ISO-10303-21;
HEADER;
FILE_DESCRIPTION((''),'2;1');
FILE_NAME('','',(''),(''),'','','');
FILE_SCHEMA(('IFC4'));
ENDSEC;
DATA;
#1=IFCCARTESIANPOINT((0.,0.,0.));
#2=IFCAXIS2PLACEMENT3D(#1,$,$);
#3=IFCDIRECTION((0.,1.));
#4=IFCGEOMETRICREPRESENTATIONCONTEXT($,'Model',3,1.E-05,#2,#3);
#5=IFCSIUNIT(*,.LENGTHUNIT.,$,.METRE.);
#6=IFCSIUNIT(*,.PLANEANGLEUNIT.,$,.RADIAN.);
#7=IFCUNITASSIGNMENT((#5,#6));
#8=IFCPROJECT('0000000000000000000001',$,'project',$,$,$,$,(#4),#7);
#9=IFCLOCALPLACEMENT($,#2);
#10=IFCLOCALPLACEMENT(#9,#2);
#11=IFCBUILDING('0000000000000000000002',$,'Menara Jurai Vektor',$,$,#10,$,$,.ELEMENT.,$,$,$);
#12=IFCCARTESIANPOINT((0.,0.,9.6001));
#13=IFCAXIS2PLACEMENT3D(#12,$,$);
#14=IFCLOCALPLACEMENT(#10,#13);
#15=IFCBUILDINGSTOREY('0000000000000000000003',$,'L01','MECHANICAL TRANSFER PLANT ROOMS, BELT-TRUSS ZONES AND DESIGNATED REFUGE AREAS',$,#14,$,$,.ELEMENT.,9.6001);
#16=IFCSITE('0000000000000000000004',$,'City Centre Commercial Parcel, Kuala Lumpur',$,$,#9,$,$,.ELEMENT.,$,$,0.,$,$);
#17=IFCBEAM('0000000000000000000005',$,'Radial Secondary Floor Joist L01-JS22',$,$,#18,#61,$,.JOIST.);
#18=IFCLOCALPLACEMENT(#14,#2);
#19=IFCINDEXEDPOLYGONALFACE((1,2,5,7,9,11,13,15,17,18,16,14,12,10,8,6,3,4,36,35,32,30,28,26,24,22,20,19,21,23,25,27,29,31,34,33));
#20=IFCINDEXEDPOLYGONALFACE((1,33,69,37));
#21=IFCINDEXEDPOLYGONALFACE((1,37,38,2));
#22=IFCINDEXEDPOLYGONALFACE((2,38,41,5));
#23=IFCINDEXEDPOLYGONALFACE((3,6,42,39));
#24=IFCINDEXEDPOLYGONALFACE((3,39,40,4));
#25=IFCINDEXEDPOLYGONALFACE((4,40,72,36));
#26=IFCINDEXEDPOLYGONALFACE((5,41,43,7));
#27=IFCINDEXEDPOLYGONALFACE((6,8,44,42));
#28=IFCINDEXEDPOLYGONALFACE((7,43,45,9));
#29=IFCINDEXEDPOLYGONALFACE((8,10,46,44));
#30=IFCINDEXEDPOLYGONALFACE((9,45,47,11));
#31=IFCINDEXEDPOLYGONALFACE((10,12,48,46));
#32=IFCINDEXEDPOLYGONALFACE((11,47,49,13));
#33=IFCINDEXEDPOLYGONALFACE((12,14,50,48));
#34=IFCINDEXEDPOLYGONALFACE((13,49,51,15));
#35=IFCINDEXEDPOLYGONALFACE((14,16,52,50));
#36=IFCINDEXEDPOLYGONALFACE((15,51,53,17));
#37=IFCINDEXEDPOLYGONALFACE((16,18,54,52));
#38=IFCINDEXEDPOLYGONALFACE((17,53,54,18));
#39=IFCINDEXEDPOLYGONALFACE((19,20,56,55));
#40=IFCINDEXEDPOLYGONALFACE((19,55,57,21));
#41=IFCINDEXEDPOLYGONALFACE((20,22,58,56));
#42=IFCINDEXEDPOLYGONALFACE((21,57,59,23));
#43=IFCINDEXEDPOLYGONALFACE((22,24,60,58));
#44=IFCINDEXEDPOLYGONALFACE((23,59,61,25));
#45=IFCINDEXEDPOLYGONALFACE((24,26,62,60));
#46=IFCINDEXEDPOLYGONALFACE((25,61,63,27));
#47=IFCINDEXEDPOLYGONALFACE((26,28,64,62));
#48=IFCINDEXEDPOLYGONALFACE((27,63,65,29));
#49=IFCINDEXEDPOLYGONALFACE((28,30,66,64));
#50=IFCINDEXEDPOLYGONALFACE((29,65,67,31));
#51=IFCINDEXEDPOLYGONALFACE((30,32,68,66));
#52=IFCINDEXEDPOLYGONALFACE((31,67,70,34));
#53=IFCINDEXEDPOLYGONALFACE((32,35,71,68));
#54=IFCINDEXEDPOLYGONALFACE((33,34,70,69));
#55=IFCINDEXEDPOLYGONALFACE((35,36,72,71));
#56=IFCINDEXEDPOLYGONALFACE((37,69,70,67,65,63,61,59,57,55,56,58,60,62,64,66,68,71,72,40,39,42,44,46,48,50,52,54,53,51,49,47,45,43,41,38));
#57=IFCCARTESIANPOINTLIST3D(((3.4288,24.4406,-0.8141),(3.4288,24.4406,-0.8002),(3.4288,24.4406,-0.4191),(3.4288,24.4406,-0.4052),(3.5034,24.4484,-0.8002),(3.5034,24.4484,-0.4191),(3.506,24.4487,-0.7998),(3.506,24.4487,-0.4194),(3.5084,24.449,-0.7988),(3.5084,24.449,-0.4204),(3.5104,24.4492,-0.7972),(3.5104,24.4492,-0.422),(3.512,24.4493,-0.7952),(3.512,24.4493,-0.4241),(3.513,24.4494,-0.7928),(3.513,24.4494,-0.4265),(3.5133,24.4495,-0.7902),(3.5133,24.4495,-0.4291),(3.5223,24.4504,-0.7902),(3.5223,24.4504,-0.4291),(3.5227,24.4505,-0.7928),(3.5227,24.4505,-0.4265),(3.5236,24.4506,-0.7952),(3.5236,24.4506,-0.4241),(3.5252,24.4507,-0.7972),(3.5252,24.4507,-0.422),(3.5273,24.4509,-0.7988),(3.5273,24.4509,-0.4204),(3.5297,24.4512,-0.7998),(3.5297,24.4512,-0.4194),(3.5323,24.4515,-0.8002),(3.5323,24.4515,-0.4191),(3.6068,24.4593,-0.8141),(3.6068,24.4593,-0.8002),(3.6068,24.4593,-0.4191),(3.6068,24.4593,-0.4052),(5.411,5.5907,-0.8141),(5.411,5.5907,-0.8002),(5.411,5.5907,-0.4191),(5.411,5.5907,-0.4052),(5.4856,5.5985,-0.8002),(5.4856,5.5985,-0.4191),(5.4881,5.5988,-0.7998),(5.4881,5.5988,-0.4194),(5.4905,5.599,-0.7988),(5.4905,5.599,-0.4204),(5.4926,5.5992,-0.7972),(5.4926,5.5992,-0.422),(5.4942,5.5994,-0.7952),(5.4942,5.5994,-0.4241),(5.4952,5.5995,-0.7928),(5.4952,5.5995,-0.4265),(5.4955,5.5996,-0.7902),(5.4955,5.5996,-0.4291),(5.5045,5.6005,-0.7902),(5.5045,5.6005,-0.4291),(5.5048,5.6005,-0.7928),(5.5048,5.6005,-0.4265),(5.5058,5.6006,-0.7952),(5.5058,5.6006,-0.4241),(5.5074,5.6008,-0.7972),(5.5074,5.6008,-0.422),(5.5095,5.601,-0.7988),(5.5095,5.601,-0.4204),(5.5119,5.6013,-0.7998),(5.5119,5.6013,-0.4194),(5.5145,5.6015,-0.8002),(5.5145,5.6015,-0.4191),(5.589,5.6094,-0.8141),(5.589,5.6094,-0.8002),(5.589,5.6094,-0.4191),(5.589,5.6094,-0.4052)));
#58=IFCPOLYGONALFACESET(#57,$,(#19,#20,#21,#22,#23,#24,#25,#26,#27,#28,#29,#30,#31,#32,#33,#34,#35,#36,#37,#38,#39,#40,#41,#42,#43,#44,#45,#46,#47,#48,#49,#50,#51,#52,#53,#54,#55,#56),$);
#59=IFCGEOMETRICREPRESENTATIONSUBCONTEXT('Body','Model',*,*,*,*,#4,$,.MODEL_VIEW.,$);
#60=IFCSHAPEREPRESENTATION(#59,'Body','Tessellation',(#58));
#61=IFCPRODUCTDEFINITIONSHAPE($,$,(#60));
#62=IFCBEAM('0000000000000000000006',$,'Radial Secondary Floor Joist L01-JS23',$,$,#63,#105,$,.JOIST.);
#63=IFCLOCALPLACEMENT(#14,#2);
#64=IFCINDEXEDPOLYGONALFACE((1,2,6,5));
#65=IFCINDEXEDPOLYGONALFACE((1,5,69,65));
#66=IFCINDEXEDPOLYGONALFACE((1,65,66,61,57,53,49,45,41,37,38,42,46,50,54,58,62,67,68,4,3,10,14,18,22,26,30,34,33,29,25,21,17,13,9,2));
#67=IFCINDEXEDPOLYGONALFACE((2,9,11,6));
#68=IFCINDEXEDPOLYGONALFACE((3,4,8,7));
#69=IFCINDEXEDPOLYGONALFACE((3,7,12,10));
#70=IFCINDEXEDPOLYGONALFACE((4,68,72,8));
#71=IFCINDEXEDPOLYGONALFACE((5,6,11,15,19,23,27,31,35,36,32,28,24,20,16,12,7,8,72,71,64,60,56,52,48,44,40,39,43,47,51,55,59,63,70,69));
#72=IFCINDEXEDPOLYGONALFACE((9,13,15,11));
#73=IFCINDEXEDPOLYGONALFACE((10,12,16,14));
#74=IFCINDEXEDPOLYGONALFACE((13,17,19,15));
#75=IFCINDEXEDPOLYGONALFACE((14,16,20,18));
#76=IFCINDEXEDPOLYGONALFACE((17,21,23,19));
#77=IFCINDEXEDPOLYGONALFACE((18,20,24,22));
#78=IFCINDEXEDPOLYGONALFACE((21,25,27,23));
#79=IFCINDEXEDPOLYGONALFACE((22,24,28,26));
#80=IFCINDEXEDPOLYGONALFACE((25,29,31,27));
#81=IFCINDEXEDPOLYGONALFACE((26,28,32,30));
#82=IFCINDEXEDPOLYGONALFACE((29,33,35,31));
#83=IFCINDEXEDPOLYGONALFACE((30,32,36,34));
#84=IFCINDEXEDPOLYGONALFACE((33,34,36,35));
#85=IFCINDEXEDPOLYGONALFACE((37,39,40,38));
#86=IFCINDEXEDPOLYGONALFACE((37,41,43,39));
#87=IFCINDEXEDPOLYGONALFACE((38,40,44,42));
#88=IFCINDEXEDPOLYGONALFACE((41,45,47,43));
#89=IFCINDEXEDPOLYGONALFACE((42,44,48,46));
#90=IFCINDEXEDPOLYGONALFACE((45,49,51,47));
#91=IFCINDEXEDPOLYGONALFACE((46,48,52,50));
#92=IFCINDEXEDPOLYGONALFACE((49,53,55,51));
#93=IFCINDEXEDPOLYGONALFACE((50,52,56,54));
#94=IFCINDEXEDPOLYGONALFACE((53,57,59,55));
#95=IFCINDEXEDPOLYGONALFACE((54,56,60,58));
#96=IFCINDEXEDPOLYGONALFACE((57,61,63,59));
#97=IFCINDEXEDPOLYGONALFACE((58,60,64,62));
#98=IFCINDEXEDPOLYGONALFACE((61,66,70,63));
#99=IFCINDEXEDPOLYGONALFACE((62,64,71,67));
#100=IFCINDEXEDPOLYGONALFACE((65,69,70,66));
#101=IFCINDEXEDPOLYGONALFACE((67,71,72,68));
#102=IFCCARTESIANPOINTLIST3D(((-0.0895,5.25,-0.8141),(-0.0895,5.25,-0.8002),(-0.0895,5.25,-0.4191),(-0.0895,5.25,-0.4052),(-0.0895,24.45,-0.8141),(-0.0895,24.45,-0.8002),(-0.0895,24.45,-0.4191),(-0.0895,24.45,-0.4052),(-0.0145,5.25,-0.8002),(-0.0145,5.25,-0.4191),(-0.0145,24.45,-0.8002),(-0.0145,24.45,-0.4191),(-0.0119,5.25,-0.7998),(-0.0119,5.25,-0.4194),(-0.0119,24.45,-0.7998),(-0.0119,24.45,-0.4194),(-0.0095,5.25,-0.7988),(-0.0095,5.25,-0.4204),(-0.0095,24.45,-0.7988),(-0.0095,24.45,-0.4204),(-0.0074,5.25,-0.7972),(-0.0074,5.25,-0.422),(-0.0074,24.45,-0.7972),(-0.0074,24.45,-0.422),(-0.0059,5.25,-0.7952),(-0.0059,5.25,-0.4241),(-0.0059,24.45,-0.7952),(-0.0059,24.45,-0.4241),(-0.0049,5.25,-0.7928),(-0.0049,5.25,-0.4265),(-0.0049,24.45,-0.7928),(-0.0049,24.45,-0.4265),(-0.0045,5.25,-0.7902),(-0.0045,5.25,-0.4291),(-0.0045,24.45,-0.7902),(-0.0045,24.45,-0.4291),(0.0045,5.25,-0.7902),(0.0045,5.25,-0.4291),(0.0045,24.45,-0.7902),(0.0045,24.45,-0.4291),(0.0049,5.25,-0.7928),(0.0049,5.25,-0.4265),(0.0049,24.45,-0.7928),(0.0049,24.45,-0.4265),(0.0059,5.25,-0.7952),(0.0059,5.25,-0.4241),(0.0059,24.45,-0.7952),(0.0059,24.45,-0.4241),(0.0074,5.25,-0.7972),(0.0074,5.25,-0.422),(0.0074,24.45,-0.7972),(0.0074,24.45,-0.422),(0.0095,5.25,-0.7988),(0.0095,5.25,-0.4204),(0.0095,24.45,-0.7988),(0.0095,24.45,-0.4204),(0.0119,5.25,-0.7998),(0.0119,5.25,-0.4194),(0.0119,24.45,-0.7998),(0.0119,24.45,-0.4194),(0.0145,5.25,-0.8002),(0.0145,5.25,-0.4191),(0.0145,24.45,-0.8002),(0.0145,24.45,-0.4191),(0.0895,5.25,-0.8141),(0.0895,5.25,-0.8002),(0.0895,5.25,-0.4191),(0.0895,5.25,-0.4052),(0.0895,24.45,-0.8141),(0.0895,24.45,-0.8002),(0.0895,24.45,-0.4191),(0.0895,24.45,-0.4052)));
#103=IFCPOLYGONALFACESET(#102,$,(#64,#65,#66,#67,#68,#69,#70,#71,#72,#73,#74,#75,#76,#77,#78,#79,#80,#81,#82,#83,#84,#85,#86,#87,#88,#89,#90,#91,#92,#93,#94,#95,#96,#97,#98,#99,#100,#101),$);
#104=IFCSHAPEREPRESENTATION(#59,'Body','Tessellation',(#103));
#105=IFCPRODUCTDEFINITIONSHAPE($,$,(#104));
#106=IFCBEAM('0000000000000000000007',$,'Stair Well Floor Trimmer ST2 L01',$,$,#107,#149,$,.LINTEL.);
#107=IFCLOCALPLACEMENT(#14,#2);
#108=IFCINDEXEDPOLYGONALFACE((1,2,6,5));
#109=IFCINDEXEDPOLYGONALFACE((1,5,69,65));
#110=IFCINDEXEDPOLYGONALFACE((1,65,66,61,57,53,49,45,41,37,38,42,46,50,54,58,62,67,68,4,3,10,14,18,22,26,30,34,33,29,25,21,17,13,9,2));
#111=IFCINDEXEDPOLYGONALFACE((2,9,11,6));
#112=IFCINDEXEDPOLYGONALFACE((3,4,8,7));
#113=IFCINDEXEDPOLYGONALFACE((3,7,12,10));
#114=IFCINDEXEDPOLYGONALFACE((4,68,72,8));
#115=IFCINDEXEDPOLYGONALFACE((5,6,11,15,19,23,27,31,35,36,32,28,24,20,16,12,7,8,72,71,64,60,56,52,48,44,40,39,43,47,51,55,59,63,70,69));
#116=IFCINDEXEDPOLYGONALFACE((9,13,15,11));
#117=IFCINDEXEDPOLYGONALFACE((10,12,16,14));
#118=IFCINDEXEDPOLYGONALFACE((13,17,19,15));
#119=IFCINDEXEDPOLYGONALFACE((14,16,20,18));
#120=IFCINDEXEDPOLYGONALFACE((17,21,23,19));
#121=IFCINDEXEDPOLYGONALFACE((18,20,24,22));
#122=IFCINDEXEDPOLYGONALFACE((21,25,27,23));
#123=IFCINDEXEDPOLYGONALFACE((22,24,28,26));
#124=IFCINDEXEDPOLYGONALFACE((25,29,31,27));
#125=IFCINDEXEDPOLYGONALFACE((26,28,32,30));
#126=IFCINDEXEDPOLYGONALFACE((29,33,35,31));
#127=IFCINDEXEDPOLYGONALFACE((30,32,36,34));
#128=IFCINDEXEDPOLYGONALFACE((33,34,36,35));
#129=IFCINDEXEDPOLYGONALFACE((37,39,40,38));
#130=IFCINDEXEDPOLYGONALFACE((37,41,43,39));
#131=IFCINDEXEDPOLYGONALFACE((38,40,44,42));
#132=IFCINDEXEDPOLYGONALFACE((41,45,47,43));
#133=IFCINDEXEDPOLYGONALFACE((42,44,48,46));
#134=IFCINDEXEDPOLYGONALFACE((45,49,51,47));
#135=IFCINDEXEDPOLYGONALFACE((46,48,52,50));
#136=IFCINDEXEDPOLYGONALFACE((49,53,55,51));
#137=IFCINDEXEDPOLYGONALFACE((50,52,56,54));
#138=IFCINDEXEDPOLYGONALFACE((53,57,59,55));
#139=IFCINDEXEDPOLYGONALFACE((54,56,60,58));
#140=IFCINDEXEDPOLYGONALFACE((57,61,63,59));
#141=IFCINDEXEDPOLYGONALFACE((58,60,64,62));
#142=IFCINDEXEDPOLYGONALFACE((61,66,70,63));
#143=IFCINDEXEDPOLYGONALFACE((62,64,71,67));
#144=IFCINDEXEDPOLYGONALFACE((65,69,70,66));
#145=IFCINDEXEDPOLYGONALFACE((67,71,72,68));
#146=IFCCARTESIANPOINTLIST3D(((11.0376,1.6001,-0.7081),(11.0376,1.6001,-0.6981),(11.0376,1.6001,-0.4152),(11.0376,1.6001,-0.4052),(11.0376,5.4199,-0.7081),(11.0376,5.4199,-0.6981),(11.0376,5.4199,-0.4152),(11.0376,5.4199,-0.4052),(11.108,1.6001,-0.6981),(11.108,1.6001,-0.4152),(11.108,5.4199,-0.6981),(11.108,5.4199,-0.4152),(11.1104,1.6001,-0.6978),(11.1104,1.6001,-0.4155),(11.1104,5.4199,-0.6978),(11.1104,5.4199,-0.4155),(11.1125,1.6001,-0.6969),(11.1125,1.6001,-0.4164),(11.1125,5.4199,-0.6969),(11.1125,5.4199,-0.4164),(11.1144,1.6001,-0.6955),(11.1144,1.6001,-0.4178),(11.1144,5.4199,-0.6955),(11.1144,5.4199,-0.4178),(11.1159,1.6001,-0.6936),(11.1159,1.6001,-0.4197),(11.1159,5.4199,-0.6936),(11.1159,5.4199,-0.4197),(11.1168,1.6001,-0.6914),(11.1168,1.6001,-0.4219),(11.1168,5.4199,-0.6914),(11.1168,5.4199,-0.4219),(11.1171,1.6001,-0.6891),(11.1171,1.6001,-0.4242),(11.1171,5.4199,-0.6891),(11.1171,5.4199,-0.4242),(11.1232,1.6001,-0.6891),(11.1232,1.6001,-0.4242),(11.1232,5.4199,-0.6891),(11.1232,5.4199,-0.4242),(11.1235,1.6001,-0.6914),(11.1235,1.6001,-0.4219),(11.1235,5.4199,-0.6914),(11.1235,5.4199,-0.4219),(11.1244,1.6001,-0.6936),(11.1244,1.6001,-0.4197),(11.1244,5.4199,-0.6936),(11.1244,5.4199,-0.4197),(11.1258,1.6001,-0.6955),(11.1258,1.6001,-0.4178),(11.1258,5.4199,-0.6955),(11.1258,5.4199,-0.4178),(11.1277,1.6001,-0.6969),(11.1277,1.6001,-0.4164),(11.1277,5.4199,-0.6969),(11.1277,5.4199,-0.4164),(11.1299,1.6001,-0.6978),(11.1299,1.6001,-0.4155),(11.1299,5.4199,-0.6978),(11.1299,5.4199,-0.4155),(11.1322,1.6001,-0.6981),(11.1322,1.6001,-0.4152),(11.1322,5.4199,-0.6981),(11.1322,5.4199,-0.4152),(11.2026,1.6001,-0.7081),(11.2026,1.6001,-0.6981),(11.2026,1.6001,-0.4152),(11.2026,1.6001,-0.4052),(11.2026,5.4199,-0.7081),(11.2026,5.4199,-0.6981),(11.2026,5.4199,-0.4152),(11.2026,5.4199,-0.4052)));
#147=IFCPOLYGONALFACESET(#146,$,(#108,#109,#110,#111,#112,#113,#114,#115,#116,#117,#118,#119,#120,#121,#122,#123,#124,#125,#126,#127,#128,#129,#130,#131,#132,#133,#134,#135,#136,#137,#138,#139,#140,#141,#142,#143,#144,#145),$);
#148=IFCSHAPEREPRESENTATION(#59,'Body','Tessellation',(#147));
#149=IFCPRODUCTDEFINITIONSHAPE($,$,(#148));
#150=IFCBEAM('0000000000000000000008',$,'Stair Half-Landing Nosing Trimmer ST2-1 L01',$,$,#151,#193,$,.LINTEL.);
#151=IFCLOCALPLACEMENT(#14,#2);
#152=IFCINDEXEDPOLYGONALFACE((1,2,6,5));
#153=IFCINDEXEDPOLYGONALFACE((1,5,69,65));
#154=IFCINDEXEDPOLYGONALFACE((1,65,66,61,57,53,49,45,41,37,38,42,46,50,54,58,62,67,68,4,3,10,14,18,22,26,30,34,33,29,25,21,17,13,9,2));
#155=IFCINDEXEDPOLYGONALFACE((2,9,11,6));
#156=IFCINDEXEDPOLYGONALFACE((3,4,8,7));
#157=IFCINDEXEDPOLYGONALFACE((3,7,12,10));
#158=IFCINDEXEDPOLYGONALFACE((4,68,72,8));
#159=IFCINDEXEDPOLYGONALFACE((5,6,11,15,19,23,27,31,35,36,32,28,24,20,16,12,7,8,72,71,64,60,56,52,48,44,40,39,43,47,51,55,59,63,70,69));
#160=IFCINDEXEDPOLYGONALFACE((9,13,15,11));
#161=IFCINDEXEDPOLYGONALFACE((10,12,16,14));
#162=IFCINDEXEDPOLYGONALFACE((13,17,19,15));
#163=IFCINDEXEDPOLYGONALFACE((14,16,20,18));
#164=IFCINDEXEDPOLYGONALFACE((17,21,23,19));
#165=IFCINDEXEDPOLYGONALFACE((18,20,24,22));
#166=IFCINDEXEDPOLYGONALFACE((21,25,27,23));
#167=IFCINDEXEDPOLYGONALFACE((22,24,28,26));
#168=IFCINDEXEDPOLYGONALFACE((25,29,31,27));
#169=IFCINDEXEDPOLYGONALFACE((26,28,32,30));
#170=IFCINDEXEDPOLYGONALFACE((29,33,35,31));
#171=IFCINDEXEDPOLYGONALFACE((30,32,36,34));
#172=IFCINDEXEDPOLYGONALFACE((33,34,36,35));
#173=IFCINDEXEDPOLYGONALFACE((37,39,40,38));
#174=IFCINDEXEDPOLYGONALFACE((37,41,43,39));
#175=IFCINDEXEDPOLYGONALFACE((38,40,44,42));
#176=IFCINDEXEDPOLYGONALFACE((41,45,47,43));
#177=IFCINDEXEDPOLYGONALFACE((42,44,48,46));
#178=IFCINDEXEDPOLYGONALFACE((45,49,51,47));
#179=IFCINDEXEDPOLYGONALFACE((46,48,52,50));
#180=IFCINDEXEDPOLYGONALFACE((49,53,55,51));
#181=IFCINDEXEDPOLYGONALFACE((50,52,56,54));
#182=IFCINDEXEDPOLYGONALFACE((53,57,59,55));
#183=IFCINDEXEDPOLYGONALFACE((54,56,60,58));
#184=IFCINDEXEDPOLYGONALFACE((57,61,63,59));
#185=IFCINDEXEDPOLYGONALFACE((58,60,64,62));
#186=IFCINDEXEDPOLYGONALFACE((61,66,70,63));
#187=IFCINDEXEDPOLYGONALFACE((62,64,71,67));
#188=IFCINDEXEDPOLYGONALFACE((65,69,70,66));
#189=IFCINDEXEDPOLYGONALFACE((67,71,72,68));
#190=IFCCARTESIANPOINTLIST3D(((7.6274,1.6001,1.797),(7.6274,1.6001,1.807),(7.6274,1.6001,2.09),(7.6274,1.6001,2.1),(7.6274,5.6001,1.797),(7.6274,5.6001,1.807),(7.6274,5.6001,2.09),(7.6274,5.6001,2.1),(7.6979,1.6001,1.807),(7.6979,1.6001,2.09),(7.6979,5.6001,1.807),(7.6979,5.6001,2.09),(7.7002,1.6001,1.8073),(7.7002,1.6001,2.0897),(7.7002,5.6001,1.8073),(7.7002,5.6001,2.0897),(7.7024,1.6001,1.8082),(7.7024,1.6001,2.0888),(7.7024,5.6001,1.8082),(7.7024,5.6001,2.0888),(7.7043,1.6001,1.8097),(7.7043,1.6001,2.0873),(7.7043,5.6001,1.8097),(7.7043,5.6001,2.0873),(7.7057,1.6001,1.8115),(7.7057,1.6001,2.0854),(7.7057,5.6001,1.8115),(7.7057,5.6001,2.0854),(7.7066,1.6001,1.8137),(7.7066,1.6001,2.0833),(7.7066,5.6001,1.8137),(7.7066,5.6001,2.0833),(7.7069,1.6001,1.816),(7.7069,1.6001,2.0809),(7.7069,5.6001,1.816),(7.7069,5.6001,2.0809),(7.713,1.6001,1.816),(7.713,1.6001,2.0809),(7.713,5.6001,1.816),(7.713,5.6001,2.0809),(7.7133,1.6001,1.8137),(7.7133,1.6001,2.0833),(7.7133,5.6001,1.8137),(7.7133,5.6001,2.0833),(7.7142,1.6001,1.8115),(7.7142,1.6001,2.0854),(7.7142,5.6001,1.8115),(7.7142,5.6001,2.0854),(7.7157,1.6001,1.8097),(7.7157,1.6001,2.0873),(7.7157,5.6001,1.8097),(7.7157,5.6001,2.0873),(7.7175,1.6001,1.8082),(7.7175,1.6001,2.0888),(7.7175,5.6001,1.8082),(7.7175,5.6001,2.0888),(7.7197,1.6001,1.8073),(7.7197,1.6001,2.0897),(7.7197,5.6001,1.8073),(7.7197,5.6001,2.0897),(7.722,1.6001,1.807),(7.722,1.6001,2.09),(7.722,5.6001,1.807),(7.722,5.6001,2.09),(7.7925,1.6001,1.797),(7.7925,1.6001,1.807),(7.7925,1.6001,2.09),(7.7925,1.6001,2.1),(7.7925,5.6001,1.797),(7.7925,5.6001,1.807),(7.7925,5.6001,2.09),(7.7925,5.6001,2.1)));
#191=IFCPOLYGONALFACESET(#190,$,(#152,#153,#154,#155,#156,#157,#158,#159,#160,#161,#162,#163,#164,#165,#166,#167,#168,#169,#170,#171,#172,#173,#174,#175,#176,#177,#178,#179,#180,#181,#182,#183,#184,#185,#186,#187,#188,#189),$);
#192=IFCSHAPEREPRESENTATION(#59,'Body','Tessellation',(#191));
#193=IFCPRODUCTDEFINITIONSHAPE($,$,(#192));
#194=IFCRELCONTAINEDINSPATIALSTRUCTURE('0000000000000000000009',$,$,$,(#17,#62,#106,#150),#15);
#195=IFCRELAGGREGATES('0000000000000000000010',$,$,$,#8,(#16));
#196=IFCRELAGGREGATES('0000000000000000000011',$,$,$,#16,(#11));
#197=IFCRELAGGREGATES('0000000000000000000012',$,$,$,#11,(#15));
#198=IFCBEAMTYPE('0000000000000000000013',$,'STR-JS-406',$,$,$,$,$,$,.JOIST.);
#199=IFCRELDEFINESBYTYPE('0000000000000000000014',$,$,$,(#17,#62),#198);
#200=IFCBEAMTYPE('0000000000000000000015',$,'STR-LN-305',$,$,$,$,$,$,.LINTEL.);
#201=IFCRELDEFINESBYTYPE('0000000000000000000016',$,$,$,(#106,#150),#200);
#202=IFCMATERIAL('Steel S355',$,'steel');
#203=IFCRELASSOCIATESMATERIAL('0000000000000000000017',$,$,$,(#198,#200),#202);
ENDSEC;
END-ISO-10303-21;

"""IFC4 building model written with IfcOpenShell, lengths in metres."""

from ifc_helpers import new_model, si_unit, direction, frame, origin, origin_2d, place, context, subcontext, project, spatial, i_section, extrude, material, material_profile, profile_set, type_object, element, save


model = new_model("IFC4")

# Units and contexts
model_context = context("Model", 3, precision=1e-05, world=origin(), true_north=direction((0.0, 1.0)))
body_context = subcontext(model_context, "Body", "Model", "MODEL_VIEW")
ifc_project = project(units=[si_unit("LENGTHUNIT", "METRE"), si_unit("PLANEANGLEUNIT", "RADIAN")], contexts=[model_context])

# Site, building, storey
site_placement = place(None, origin())
site = spatial("IfcSite", under=ifc_project, at=site_placement, Name="City Centre Commercial Parcel, Kuala Lumpur", CompositionType="ELEMENT", RefElevation=0.0)
building_placement = place(site_placement, origin())
building = spatial("IfcBuilding", under=site, at=building_placement, Name="Menara Jurai Vektor", CompositionType="ELEMENT")
storey_placement = place(building_placement, frame((0.0, 0.0, 9.6001)))
storey = spatial("IfcBuildingStorey", under=building, at=storey_placement, Name="L01", Description="MECHANICAL TRANSFER PLANT ROOMS, BELT-TRUSS ZONES AND DESIGNATED REFUGE AREAS", CompositionType="ELEMENT", Elevation=9.6001)

# Shared definitions
ifc_material_1 = material(Name="Steel S355", Category="steel")

# Beams
ifc_material_profile_1 = material_profile(ifc_material_1, i_section(OverallWidth=0.179, OverallDepth=0.4089, WebThickness=0.009, FlangeThickness=0.0139, FilletRadius=0.01, at=origin_2d()), Name="UKB 406x178x67")
ifc_profile_set_1 = profile_set([ifc_material_profile_1], Name="Steel S355")
beam_type_1 = type_object("IfcBeamType", Name="STR-JS-406", PredefinedType="JOIST", material=ifc_profile_set_1)
beam_1_placement = place(storey_placement, frame((3.5178, 24.45, -0.6096), z_axis=(0.10458, -0.994517, 0.0), x_axis=(0.994517, 0.10458, 0.0)))
element("IfcBeam", 1, at=beam_1_placement, inside=storey, type_object=beam_type_1, Name="Radial Secondary Floor Joist L01-JS22", PredefinedType="JOIST", context=body_context, shape_type="SweptSolid", body=[
    extrude(i_section(OverallWidth=0.179, OverallDepth=0.4089, WebThickness=0.009, FlangeThickness=0.0139, FilletRadius=0.01, at=origin_2d()), origin(), (0.0, 0.0, 1.0), 18.9539),
])
beam_2_placement = place(storey_placement, frame((0.0, 24.45, -0.6096), z_axis=(0.0, -1.0, 0.0), x_axis=(1.0, 0.0, 0.0)))
element("IfcBeam", 2, at=beam_2_placement, inside=storey, type_object=beam_type_1, Name="Radial Secondary Floor Joist L01-JS23", PredefinedType="JOIST", context=body_context, shape_type="SweptSolid", body=[
    extrude(i_section(OverallWidth=0.179, OverallDepth=0.4089, WebThickness=0.009, FlangeThickness=0.0139, FilletRadius=0.01, at=origin_2d()), origin(), (0.0, 0.0, 1.0), 19.2),
])
ifc_material_profile_2 = material_profile(ifc_material_1, i_section(OverallWidth=0.165, OverallDepth=0.303, WebThickness=0.0061, FlangeThickness=0.01, FilletRadius=0.009, at=origin_2d()), Name="UKB 305x165x40")
ifc_profile_set_2 = profile_set([ifc_material_profile_2], Name="Steel S355")
beam_type_2 = type_object("IfcBeamType", Name="STR-LN-305", PredefinedType="LINTEL", material=ifc_profile_set_2)
beam_3_placement = place(storey_placement, frame((11.1201, 1.6001, -0.5566), z_axis=(0.0, 1.0, 0.0), x_axis=(-1.0, 0.0, 0.0)))
element("IfcBeam", 3, at=beam_3_placement, inside=storey, type_object=beam_type_2, Name="Stair Well Floor Trimmer ST2 L01", PredefinedType="LINTEL", context=body_context, shape_type="SweptSolid", body=[
    extrude(i_section(OverallWidth=0.165, OverallDepth=0.303, WebThickness=0.0061, FlangeThickness=0.01, FilletRadius=0.009, at=origin_2d()), origin(), (0.0, 0.0, 1.0), 3.8198),
])
beam_4_placement = place(storey_placement, frame((7.71, 1.6001, 1.9485), z_axis=(0.0, 1.0, 0.0), x_axis=(-1.0, 0.0, 0.0)))
element("IfcBeam", 4, at=beam_4_placement, inside=storey, type_object=beam_type_2, Name="Stair Half-Landing Nosing Trimmer ST2-1 L01", PredefinedType="LINTEL", context=body_context, shape_type="SweptSolid", body=[
    extrude(i_section(OverallWidth=0.165, OverallDepth=0.303, WebThickness=0.0061, FlangeThickness=0.01, FilletRadius=0.009, at=origin_2d()), origin(), (0.0, 0.0, 1.0), 4.0),
])

save(model, "model.ifc")
